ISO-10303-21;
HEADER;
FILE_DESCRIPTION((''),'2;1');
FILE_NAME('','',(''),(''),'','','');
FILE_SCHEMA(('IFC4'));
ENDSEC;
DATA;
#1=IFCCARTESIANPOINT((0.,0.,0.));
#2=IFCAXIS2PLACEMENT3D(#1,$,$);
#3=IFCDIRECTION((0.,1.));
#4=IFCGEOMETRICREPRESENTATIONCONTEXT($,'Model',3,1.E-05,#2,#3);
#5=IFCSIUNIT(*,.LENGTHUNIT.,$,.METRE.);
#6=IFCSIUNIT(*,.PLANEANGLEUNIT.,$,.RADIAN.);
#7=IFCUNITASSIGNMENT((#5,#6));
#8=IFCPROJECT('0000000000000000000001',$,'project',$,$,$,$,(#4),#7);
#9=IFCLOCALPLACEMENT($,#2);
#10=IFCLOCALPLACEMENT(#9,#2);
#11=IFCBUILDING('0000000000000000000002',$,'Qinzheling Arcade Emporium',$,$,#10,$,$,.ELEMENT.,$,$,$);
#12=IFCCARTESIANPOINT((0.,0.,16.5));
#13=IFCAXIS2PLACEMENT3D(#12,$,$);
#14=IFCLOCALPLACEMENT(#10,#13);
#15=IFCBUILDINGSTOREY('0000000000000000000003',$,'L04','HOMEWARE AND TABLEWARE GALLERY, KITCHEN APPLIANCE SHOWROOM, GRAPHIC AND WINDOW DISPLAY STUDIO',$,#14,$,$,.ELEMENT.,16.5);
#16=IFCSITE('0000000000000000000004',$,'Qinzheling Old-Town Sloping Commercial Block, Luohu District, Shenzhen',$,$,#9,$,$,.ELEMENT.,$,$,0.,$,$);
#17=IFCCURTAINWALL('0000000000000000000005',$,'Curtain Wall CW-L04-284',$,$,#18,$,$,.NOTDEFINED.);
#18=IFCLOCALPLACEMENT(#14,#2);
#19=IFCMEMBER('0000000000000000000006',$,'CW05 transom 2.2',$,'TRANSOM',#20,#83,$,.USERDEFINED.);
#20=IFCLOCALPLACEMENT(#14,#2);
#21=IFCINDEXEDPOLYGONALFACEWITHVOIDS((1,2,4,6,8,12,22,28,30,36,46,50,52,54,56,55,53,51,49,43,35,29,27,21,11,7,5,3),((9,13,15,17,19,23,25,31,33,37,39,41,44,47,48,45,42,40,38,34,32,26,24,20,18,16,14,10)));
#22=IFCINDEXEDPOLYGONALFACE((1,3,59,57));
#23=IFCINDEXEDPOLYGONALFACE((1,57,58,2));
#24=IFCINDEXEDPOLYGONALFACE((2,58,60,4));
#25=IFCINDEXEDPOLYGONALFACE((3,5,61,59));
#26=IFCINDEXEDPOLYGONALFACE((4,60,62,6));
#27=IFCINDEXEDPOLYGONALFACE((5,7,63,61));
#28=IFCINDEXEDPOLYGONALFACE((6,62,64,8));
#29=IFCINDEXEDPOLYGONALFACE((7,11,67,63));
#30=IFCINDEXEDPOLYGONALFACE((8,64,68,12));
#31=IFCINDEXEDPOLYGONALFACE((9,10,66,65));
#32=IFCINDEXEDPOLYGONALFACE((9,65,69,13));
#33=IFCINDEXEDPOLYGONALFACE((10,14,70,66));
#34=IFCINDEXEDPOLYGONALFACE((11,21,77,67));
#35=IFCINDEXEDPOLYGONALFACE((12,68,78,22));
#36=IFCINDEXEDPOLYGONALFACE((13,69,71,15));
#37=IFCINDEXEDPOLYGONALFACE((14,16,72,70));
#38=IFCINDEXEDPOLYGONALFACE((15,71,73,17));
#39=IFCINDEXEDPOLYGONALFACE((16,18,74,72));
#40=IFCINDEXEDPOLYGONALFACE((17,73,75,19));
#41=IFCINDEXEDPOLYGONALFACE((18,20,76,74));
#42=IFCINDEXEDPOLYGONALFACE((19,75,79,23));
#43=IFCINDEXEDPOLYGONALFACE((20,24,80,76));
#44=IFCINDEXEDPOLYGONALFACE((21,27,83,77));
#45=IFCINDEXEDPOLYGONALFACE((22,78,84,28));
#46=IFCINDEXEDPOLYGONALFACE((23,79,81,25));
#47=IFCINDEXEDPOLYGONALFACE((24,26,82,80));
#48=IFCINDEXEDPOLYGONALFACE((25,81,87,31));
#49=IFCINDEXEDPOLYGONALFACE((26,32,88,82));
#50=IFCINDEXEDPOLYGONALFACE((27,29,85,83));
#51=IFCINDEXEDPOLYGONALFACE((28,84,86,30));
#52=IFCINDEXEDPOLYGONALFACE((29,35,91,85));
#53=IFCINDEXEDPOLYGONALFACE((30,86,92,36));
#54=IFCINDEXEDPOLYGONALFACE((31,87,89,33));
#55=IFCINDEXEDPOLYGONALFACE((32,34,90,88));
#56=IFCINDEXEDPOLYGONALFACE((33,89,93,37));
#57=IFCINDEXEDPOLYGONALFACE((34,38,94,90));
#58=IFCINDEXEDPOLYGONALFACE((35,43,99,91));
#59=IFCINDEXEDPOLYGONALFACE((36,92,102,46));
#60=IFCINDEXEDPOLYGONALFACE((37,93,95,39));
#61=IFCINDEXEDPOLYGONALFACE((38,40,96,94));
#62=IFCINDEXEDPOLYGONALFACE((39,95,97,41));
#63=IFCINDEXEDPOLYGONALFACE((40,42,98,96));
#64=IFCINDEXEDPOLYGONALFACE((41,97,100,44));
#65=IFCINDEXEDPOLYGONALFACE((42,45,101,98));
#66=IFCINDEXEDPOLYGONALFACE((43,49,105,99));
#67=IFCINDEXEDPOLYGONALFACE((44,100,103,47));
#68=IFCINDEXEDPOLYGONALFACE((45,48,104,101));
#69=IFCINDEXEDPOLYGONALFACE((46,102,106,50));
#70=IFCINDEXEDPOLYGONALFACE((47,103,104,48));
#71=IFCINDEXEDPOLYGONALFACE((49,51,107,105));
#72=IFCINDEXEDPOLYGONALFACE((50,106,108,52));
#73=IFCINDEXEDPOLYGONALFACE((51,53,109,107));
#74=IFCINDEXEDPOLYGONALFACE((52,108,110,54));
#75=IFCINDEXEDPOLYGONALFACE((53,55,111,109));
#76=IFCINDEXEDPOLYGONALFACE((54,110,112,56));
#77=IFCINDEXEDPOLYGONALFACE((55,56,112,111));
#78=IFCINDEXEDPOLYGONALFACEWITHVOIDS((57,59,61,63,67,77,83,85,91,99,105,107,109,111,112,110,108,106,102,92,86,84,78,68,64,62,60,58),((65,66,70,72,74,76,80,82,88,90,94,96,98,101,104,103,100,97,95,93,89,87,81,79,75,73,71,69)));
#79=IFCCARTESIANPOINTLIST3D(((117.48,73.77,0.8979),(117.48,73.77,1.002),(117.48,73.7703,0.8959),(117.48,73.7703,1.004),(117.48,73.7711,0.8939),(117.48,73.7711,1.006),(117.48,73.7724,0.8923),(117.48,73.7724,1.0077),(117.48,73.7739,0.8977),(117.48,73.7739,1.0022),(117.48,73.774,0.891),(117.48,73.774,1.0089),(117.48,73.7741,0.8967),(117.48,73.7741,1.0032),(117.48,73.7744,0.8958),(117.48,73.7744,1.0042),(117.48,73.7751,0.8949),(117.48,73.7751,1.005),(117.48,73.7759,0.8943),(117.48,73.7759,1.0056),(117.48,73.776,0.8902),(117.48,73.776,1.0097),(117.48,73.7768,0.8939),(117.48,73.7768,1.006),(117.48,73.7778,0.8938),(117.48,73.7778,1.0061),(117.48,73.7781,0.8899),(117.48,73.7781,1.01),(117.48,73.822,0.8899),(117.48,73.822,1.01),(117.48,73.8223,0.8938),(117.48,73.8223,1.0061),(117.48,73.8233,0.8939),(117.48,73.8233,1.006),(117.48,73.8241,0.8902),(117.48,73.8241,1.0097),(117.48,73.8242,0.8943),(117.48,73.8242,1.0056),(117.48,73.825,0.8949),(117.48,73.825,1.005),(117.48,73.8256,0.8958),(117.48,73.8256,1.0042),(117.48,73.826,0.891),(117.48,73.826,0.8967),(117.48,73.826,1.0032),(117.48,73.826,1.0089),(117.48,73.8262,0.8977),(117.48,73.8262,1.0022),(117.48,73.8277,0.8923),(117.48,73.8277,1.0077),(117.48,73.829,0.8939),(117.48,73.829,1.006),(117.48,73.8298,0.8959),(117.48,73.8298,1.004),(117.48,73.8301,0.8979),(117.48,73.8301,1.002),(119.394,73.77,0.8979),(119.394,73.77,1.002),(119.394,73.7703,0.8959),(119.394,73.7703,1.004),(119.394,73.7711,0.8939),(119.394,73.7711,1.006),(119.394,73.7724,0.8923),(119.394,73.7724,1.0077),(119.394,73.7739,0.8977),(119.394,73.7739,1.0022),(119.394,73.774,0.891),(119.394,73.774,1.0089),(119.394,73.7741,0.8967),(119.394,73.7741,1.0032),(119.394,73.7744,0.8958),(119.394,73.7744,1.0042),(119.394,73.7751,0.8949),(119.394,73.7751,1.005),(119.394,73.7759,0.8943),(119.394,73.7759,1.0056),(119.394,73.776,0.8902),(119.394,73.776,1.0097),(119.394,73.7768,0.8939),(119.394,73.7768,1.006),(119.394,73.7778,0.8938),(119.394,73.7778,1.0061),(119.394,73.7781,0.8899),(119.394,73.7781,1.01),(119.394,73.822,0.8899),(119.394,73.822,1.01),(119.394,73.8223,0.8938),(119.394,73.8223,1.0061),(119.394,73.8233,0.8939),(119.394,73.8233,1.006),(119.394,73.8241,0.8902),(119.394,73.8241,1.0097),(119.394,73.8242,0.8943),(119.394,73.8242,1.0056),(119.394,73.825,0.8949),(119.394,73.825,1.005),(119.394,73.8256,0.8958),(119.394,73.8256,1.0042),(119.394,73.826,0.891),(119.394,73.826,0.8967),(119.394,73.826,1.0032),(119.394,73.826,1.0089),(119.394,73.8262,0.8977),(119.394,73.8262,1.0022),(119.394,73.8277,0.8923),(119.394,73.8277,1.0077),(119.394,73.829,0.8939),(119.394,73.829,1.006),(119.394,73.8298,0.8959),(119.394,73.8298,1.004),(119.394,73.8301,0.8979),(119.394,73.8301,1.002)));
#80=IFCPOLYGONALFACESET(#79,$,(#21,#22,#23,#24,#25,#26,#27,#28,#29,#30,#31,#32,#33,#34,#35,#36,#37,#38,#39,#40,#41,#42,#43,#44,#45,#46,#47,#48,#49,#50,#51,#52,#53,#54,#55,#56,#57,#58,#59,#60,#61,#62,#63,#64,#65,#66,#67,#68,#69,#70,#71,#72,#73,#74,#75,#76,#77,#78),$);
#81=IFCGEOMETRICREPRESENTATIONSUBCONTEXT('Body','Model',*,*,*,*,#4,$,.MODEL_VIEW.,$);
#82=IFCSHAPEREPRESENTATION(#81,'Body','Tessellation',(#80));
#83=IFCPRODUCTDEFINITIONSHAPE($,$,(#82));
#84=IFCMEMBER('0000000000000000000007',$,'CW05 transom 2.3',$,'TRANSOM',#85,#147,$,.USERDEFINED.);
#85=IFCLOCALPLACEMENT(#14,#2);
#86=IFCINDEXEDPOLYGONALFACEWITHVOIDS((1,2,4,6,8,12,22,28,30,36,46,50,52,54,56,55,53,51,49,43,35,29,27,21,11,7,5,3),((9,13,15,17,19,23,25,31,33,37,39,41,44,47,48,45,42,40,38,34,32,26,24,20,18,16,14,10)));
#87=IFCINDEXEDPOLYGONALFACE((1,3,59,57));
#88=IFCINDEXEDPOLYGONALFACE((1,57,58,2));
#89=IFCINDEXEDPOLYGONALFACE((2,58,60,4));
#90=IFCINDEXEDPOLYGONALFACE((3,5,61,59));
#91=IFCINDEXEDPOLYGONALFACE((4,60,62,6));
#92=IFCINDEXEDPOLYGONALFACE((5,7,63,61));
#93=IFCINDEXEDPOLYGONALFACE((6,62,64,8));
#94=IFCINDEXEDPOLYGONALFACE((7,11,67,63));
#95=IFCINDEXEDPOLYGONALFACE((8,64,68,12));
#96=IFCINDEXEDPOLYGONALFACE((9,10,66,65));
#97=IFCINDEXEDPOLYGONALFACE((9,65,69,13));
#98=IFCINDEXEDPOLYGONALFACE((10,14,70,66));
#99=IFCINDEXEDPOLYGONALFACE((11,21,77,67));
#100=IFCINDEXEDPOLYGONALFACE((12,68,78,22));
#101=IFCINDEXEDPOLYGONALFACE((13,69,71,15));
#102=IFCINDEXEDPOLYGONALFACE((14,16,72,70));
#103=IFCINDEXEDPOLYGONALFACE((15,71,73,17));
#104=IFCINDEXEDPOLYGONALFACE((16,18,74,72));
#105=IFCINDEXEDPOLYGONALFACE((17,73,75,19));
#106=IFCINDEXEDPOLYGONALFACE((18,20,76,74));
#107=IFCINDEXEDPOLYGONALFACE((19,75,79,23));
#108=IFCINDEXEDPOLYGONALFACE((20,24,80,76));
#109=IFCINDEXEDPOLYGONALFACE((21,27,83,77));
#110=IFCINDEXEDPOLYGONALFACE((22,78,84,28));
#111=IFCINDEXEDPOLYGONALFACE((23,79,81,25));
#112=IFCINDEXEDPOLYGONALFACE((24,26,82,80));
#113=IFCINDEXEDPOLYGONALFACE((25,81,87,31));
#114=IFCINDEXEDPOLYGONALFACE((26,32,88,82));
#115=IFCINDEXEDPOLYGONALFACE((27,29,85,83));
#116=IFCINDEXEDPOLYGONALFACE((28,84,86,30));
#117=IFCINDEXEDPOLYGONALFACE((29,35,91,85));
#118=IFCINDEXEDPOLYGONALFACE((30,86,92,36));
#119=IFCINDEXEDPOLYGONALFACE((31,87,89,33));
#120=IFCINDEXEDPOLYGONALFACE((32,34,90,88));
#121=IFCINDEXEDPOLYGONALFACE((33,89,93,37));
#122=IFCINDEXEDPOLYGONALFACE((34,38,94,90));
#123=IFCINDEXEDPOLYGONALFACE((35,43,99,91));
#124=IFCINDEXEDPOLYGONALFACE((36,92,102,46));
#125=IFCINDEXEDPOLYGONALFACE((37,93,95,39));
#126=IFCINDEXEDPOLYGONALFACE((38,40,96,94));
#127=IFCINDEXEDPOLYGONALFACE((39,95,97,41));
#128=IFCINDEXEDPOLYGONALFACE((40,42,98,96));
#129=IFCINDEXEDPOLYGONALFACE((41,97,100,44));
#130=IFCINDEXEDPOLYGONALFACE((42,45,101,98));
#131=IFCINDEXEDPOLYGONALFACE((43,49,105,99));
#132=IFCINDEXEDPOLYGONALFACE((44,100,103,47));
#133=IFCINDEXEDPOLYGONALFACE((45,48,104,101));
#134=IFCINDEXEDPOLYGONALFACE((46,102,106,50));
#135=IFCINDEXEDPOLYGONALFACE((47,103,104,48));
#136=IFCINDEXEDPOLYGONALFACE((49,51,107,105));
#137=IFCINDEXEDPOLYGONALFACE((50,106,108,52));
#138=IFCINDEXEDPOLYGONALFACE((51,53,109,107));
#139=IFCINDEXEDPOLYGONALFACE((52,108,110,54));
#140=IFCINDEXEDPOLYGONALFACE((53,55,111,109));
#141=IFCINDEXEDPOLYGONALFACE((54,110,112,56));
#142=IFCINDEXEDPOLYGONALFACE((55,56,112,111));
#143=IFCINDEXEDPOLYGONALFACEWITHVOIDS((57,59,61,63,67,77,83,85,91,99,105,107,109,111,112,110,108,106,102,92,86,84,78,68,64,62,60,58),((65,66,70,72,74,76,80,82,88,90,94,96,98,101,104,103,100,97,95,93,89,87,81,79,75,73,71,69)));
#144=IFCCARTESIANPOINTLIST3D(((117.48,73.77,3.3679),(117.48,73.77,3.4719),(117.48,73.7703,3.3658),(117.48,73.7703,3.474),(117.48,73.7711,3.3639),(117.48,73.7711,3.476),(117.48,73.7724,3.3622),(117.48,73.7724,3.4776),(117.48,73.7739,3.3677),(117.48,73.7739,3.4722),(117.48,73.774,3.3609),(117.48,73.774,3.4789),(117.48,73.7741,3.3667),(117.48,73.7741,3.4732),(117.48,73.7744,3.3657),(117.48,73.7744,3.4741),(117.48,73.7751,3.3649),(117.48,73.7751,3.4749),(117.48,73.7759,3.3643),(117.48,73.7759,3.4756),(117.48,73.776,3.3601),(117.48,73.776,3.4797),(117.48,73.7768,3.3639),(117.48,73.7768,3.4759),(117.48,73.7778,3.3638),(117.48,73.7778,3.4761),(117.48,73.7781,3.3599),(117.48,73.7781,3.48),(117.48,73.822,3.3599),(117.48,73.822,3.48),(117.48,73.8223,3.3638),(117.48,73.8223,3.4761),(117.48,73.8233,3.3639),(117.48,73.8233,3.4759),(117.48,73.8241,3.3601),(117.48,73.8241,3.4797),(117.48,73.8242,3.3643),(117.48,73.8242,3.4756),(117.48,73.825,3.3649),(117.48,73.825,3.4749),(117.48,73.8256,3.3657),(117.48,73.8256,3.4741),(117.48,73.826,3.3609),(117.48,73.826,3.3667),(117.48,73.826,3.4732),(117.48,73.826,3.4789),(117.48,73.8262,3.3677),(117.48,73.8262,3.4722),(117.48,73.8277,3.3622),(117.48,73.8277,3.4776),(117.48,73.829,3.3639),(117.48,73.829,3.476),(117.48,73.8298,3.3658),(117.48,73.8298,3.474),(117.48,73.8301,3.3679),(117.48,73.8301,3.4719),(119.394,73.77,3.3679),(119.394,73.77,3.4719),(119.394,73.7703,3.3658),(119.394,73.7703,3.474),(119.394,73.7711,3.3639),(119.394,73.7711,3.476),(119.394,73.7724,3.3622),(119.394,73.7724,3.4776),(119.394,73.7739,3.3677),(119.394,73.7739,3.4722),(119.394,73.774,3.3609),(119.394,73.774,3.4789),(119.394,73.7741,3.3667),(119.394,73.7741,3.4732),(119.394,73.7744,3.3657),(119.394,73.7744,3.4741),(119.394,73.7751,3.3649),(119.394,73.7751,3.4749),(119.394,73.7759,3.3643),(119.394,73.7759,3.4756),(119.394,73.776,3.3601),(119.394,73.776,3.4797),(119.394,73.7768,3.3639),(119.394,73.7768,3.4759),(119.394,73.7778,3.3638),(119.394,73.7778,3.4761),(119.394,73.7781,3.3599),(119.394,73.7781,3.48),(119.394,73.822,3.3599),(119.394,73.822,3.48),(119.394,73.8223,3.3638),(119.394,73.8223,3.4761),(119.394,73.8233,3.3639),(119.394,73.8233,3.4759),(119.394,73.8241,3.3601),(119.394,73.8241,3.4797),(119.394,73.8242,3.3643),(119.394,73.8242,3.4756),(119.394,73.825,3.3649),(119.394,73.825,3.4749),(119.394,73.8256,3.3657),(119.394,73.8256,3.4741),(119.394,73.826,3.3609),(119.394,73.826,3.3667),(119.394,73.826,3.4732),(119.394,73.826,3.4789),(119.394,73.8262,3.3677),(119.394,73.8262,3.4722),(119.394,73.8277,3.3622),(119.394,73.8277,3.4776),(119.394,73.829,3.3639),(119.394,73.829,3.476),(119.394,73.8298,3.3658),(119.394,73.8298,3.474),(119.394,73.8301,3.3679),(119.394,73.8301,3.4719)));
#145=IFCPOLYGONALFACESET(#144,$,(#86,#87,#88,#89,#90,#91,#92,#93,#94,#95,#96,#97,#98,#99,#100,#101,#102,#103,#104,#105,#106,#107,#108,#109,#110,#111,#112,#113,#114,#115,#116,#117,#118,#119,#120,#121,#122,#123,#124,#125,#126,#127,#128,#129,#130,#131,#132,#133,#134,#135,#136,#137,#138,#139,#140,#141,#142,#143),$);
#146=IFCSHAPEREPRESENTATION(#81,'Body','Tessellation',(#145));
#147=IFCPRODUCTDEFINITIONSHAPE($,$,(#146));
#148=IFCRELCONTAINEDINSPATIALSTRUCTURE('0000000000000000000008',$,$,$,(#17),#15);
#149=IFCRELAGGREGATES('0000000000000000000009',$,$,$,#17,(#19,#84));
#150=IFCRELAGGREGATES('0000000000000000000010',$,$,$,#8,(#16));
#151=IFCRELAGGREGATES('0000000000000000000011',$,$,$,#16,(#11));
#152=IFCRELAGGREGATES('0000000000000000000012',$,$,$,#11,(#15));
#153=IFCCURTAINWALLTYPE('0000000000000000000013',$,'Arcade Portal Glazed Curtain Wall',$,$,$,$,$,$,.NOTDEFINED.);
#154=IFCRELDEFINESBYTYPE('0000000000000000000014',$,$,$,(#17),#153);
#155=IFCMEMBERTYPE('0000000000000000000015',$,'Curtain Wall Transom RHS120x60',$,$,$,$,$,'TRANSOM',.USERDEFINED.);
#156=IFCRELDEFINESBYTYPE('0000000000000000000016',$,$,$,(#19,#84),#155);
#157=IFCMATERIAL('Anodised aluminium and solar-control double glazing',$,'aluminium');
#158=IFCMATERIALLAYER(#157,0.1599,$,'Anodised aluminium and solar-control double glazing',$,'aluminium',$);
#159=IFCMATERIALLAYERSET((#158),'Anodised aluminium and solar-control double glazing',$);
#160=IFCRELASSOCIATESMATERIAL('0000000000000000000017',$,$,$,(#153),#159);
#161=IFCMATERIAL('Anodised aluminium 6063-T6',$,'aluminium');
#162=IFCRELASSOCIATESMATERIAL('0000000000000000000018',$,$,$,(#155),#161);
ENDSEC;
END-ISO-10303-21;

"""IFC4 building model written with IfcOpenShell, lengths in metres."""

from ifc_helpers import new_model, si_unit, direction, frame, origin, origin_2d, place, context, subcontext, project, spatial, hollow_rectangle, extrude, material, layer, layer_set, material_profile, profile_set, type_object, element, aggregate, save


model = new_model("IFC4")

# Units and contexts
model_context = context("Model", 3, precision=1e-05, world=origin(), true_north=direction((0.0, 1.0)))
body_context = subcontext(model_context, "Body", "Model", "MODEL_VIEW")
ifc_project = project(units=[si_unit("LENGTHUNIT", "METRE"), si_unit("PLANEANGLEUNIT", "RADIAN")], contexts=[model_context])

# Site, building, storey
site_placement = place(None, origin())
site = spatial("IfcSite", under=ifc_project, at=site_placement, Name="Qinzheling Old-Town Sloping Commercial Block, Luohu District, Shenzhen", CompositionType="ELEMENT", RefElevation=0.0)
building_placement = place(site_placement, origin())
building = spatial("IfcBuilding", under=site, at=building_placement, Name="Qinzheling Arcade Emporium", CompositionType="ELEMENT")
storey_placement = place(building_placement, frame((0.0, 0.0, 16.5)))
storey = spatial("IfcBuildingStorey", under=building, at=storey_placement, Name="L04", Description="HOMEWARE AND TABLEWARE GALLERY, KITCHEN APPLIANCE SHOWROOM, GRAPHIC AND WINDOW DISPLAY STUDIO", CompositionType="ELEMENT", Elevation=16.5)

# Curtain wall, members
ifc_material_1 = material(Name="Anodised aluminium and solar-control double glazing", Category="aluminium")
ifc_layer_1 = layer(ifc_material_1, 0.1599, Name="Anodised aluminium and solar-control double glazing", Category="aluminium")
ifc_layer_set_1 = layer_set([ifc_layer_1], Name="Anodised aluminium and solar-control double glazing")
curtain_wall_type = type_object("IfcCurtainWallType", Name="Arcade Portal Glazed Curtain Wall", PredefinedType="NOTDEFINED", material=ifc_layer_set_1)
curtain_wall_placement = place(storey_placement, origin())
curtain_wall = element("IfcCurtainWall", 1, at=curtain_wall_placement, inside=storey, type_object=curtain_wall_type, Name="Curtain Wall CW-L04-284", PredefinedType="NOTDEFINED")
ifc_material_2 = material(Name="Anodised aluminium 6063-T6", Category="aluminium")
ifc_material_profile_1 = material_profile(ifc_material_2, hollow_rectangle(XDim=0.0601, YDim=0.1201, WallThickness=0.0039, InnerFilletRadius=0.0039, OuterFilletRadius=0.0081, at=origin_2d()), Name="RHS 120x60x4", Category="aluminium")
ifc_profile_set_1 = profile_set([ifc_material_profile_1], Name="Anodised aluminium 6063-T6")
member_type_1 = type_object("IfcMemberType", Name="Curtain Wall Transom RHS120x60", ElementType="TRANSOM", PredefinedType="USERDEFINED", material=ifc_profile_set_1)
member_1_placement = place(storey_placement, frame((119.394, 73.8, 0.95), z_axis=(-1.0, 0.0, 0.0), x_axis=(0.0, -1.0, 0.0)))
member_1 = element("IfcMember", 2, at=member_1_placement, type_object=member_type_1, Name="CW05 transom 2.2", ObjectType="TRANSOM", PredefinedType="USERDEFINED", context=body_context, shape_type="SweptSolid", body=[
    extrude(hollow_rectangle(XDim=0.0601, YDim=0.1201, WallThickness=0.0039, InnerFilletRadius=0.0039, OuterFilletRadius=0.0081, at=origin_2d()), origin(), (0.0, 0.0, 1.0), 1.9141),
])
member_2_placement = place(storey_placement, frame((119.394, 73.8, 3.4199), z_axis=(-1.0, 0.0, 0.0), x_axis=(0.0, -1.0, 0.0)))
member_2 = element("IfcMember", 3, at=member_2_placement, type_object=member_type_1, Name="CW05 transom 2.3", ObjectType="TRANSOM", PredefinedType="USERDEFINED", context=body_context, shape_type="SweptSolid", body=[
    extrude(hollow_rectangle(XDim=0.0601, YDim=0.1201, WallThickness=0.0039, InnerFilletRadius=0.0039, OuterFilletRadius=0.0081, at=origin_2d()), origin(), (0.0, 0.0, 1.0), 1.9141),
])

aggregate(curtain_wall, [member_1, member_2])

save(model, "model.ifc")
